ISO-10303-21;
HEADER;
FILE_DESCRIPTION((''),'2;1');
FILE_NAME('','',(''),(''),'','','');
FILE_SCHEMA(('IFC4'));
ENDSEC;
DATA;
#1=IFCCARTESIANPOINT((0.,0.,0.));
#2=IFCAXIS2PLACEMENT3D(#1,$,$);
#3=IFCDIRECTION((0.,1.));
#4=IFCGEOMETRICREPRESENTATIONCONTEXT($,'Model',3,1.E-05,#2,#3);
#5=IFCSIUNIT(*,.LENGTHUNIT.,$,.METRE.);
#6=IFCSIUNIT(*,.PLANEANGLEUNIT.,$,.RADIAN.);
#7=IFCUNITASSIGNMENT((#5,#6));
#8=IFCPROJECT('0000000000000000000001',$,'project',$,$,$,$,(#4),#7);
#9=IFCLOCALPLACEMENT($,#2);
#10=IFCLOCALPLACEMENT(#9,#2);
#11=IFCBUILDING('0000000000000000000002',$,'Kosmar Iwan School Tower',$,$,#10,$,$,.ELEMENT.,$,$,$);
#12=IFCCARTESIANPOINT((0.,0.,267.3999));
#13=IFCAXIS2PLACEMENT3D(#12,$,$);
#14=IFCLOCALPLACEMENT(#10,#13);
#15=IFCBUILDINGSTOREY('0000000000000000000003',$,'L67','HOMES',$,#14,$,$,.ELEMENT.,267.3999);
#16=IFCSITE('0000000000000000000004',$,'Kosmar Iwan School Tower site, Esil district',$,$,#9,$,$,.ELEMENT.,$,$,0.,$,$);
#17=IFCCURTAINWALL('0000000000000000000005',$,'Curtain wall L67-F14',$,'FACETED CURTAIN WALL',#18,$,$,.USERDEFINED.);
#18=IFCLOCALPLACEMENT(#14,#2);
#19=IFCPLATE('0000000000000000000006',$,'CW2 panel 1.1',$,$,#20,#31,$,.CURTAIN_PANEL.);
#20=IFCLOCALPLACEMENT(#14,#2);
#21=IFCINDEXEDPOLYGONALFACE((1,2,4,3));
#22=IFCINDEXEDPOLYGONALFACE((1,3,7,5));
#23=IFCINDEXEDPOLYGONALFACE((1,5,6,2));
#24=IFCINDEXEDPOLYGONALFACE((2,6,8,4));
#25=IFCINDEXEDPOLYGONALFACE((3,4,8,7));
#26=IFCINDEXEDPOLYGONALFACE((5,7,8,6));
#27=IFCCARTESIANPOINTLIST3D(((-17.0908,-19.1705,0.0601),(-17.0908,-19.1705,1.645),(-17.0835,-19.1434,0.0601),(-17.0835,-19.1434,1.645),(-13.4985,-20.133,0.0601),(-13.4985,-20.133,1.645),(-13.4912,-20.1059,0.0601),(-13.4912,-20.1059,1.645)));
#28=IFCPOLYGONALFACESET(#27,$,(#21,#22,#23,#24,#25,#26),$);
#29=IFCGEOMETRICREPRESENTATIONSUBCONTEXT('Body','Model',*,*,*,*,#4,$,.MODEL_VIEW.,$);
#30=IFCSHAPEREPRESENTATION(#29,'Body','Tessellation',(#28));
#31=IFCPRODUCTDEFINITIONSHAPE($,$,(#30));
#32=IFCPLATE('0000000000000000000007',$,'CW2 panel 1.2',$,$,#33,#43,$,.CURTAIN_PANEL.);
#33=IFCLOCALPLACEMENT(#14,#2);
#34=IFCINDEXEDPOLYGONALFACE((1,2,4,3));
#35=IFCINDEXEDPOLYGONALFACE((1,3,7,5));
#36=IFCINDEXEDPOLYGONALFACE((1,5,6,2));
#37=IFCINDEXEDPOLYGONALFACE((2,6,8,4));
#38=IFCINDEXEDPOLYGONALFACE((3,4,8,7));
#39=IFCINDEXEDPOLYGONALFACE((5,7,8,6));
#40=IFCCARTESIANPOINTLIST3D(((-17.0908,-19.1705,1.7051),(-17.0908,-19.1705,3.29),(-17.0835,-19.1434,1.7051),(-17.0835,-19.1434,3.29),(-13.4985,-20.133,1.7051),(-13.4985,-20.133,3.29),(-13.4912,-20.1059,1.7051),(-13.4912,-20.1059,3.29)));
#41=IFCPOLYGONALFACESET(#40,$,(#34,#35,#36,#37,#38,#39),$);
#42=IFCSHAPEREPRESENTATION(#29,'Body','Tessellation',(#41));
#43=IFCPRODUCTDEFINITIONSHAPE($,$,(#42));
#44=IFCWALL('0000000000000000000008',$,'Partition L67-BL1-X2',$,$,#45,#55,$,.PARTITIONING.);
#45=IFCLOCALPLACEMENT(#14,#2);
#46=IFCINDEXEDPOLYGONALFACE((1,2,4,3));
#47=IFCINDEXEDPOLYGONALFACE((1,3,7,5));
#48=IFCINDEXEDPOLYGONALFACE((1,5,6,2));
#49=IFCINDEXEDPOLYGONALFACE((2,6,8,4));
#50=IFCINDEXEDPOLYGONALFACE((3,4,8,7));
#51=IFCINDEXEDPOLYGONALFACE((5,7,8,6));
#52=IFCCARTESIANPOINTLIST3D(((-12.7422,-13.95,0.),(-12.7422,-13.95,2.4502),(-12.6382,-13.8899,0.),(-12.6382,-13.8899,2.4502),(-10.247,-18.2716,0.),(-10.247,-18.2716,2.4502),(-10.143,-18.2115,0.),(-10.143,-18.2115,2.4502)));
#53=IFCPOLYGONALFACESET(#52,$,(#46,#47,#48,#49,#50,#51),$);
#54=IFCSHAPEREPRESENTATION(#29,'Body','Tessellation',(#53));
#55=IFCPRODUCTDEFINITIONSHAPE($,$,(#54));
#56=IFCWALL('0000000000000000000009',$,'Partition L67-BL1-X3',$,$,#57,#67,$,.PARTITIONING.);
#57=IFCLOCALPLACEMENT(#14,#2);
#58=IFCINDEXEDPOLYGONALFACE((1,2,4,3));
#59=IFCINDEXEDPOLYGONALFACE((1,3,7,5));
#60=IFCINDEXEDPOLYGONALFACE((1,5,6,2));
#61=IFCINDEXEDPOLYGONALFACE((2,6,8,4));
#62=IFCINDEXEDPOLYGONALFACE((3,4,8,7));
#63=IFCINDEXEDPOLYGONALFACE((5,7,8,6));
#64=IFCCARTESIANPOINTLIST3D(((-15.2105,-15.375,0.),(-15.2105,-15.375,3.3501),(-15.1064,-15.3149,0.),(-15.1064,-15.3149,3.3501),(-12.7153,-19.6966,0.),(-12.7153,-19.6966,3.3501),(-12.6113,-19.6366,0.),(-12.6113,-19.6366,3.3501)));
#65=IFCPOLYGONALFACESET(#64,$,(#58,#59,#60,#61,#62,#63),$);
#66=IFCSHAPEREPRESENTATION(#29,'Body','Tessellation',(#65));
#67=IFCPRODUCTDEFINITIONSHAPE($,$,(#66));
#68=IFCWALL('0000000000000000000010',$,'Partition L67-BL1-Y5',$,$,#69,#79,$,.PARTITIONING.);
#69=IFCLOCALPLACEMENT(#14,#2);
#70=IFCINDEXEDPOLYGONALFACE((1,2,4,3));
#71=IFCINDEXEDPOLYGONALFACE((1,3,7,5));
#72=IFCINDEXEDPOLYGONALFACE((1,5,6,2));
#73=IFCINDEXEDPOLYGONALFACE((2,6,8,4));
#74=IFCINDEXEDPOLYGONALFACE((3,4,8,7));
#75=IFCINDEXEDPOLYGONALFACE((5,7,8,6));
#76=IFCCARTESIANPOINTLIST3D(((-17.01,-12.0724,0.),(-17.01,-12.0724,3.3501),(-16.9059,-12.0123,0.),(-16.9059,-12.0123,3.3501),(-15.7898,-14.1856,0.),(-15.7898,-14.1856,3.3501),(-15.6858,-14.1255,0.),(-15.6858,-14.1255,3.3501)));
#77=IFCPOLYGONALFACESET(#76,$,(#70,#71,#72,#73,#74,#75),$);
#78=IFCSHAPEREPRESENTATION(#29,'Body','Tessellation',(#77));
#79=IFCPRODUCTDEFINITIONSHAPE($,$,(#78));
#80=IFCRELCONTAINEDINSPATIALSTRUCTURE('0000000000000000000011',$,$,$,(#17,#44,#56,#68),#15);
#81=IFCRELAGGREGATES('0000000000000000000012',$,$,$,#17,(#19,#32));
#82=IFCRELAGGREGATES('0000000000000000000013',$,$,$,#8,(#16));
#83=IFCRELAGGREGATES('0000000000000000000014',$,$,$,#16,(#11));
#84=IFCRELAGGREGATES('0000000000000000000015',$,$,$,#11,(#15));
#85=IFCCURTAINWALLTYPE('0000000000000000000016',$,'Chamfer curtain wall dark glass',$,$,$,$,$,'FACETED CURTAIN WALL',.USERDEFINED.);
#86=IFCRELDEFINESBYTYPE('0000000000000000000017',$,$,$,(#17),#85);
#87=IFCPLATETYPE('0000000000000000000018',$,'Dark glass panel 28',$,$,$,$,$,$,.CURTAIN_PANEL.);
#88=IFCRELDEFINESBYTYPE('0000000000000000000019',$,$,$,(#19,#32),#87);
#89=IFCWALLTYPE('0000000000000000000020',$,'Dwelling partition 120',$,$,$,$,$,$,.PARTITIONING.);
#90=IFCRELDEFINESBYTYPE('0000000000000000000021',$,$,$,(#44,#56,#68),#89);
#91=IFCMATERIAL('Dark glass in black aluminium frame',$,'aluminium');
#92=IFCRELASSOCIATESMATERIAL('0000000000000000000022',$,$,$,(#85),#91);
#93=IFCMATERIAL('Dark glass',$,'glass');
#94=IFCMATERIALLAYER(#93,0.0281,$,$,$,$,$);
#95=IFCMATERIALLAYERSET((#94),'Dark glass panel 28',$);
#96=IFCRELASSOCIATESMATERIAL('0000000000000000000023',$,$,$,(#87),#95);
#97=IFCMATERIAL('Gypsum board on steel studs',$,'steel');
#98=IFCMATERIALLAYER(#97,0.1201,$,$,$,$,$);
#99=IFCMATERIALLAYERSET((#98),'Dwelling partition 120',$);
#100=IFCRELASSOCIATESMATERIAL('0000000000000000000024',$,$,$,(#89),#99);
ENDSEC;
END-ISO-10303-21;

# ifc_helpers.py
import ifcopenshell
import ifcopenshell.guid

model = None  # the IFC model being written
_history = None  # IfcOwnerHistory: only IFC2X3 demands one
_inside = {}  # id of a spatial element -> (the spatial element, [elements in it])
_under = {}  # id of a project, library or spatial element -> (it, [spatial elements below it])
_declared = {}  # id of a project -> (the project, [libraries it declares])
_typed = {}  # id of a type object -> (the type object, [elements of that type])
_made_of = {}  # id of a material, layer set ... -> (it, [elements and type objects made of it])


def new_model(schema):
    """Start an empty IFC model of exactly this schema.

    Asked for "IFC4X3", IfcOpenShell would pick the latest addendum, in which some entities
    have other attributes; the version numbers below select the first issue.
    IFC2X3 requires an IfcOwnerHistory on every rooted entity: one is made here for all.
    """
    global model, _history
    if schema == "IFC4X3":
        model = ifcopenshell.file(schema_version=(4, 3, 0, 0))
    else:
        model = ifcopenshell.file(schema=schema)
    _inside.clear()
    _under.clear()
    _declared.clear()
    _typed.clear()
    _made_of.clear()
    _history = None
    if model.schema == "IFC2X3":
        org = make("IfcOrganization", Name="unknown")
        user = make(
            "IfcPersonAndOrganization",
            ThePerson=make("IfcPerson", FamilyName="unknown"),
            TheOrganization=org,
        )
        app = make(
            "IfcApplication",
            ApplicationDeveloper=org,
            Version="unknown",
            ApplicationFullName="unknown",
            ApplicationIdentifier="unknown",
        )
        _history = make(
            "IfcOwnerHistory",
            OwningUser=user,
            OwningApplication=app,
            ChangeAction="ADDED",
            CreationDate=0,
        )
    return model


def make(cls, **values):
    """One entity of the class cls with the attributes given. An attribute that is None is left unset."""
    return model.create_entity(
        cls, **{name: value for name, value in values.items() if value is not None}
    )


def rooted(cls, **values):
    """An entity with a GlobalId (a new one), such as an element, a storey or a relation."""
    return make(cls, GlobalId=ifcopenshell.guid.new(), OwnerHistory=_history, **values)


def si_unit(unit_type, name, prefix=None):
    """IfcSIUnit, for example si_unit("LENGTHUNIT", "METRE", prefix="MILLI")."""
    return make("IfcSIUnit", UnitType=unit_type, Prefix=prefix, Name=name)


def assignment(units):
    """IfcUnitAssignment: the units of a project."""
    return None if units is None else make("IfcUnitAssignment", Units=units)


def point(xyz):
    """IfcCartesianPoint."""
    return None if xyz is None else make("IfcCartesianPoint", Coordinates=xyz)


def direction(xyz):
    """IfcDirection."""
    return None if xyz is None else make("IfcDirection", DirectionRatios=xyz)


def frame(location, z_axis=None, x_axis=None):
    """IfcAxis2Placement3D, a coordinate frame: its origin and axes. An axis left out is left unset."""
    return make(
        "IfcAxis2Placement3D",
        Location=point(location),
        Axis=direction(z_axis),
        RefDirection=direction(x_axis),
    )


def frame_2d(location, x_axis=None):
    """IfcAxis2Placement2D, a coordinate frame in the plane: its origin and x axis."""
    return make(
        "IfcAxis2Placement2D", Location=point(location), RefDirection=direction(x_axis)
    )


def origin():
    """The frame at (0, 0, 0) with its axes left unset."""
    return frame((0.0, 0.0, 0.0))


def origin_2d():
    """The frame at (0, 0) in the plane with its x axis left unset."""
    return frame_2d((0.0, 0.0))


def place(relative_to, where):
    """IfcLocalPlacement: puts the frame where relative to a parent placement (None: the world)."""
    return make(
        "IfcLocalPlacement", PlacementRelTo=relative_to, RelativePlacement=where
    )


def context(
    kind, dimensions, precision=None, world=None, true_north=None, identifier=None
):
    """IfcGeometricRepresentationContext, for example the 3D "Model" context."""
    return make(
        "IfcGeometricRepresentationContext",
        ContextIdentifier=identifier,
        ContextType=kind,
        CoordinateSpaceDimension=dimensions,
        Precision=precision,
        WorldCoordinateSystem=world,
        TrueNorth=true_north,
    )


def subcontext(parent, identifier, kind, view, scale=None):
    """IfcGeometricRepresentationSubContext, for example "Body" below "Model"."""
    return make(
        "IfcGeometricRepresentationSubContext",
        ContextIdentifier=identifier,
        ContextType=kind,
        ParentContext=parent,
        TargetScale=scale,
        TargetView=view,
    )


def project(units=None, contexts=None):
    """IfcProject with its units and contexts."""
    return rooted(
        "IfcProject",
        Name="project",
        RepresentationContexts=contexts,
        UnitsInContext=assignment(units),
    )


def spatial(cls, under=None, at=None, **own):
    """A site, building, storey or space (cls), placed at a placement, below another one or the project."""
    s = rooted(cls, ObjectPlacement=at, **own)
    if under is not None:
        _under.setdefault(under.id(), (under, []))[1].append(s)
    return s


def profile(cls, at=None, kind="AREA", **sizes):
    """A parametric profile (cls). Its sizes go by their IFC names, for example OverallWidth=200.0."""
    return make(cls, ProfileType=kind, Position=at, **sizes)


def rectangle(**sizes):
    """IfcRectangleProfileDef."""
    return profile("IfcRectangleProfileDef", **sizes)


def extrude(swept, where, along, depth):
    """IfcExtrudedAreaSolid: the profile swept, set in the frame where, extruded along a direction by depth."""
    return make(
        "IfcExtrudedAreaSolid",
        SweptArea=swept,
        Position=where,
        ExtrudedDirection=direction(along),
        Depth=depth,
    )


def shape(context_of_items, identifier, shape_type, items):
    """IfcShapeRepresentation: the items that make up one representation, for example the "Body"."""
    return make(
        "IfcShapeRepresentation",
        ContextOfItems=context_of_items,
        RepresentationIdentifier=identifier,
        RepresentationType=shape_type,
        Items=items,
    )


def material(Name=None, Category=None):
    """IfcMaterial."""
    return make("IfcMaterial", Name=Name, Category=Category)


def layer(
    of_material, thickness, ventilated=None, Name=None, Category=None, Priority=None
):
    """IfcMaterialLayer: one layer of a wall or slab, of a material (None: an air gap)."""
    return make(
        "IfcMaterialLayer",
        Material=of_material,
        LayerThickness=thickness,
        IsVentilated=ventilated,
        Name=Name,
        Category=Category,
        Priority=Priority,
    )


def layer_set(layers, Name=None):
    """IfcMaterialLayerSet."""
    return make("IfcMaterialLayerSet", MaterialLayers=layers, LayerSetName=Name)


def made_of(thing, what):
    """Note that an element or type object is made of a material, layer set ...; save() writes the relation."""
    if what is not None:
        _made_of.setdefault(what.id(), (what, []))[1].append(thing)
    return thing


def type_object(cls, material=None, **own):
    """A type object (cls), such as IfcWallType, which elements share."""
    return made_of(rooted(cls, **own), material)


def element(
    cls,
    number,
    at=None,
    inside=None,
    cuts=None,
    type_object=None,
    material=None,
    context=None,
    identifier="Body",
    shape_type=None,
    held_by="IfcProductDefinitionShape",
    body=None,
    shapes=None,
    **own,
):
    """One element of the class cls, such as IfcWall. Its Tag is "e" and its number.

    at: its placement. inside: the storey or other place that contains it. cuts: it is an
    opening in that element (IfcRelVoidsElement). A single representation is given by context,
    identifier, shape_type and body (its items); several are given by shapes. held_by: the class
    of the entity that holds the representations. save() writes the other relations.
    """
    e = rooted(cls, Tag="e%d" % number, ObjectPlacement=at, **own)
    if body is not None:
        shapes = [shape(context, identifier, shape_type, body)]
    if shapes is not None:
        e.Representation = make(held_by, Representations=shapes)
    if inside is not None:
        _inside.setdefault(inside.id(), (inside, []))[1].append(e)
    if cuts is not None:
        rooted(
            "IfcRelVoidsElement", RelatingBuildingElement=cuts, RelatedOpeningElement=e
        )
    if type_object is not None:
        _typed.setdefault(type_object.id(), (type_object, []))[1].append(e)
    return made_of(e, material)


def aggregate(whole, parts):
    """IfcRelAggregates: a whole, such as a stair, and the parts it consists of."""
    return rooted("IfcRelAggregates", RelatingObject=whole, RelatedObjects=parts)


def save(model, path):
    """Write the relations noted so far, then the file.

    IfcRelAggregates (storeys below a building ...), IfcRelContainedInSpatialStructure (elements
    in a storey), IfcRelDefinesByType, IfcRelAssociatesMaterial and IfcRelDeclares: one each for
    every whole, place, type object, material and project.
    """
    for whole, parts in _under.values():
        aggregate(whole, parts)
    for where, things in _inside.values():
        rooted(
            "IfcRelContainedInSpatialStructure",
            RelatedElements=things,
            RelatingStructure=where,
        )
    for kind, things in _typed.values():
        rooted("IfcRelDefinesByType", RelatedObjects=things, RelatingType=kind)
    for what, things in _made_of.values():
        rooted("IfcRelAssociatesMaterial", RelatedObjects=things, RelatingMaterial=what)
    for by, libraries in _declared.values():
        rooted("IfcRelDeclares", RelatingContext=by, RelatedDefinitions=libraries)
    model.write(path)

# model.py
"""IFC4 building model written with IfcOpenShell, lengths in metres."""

from ifc_helpers import new_model, si_unit, direction, frame, frame_2d, origin, origin_2d, place, context, subcontext, project, spatial, rectangle, extrude, material, layer, layer_set, type_object, element, aggregate, save


model = new_model("IFC4")

# Units and contexts
model_context = context("Model", 3, precision=1e-05, world=origin(), true_north=direction((0.0, 1.0)))
body_context = subcontext(model_context, "Body", "Model", "MODEL_VIEW")
ifc_project = project(units=[si_unit("LENGTHUNIT", "METRE"), si_unit("PLANEANGLEUNIT", "RADIAN")], contexts=[model_context])

# Site, building, storey
site_placement = place(None, origin())
site = spatial("IfcSite", under=ifc_project, at=site_placement, Name="Kosmar Iwan School Tower site, Esil district", CompositionType="ELEMENT", RefElevation=0.0)
building_placement = place(site_placement, origin())
building = spatial("IfcBuilding", under=site, at=building_placement, Name="Kosmar Iwan School Tower", CompositionType="ELEMENT")
storey_placement = place(building_placement, frame((0.0, 0.0, 267.3999)))
storey = spatial("IfcBuildingStorey", under=building, at=storey_placement, Name="L67", Description="HOMES", CompositionType="ELEMENT", Elevation=267.3999)

# Curtain wall
ifc_material_1 = material(Name="Dark glass in black aluminium frame", Category="aluminium")
curtain_wall_type = type_object("IfcCurtainWallType", Name="Chamfer curtain wall dark glass", ElementType="FACETED CURTAIN WALL", PredefinedType="USERDEFINED", material=ifc_material_1)
curtain_wall_placement = place(storey_placement, origin())
curtain_wall = element("IfcCurtainWall", 1, at=curtain_wall_placement, inside=storey, type_object=curtain_wall_type, Name="Curtain wall L67-F14", ObjectType="FACETED CURTAIN WALL", PredefinedType="USERDEFINED")

# Plates
ifc_material_2 = material(Name="Dark glass", Category="glass")
ifc_layer_1 = layer(ifc_material_2, 0.0281)
ifc_layer_set_1 = layer_set([ifc_layer_1], Name="Dark glass panel 28")
plate_type = type_object("IfcPlateType", Name="Dark glass panel 28", PredefinedType="CURTAIN_PANEL", material=ifc_layer_set_1)
plate_1_placement = place(storey_placement, frame((-15.291, -19.6382, 0.0601), z_axis=(0.0, 0.0, 1.0), x_axis=(0.965926, -0.258819, 0.0)))
plate_1 = element("IfcPlate", 2, at=plate_1_placement, type_object=plate_type, Name="CW2 panel 1.1", PredefinedType="CURTAIN_PANEL", context=body_context, shape_type="SweptSolid", body=[
    extrude(rectangle(XDim=3.719, YDim=0.0281, at=origin_2d()), origin(), (0.0, 0.0, 1.0), 1.585),
])
plate_2_placement = place(storey_placement, frame((-15.291, -19.6382, 1.7051), z_axis=(0.0, 0.0, 1.0), x_axis=(0.965926, -0.258819, 0.0)))
plate_2 = element("IfcPlate", 3, at=plate_2_placement, type_object=plate_type, Name="CW2 panel 1.2", PredefinedType="CURTAIN_PANEL", context=body_context, shape_type="SweptSolid", body=[
    extrude(rectangle(XDim=3.719, YDim=0.0281, at=origin_2d()), origin(), (0.0, 0.0, 1.0), 1.585),
])
aggregate(curtain_wall, [plate_1, plate_2])

# Walls
ifc_material_3 = material(Name="Gypsum board on steel studs", Category="steel")
ifc_layer_2 = layer(ifc_material_3, 0.1201)
ifc_layer_set_2 = layer_set([ifc_layer_2], Name="Dwelling partition 120")
wall_type = type_object("IfcWallType", Name="Dwelling partition 120", PredefinedType="PARTITIONING", material=ifc_layer_set_2)
wall_1_placement = place(storey_placement, frame((-12.6902, -13.9199, 0.0), z_axis=(0.0, 0.0, 1.0), x_axis=(0.500012, -0.866019, 0.0)))
element("IfcWall", 4, at=wall_1_placement, inside=storey, type_object=wall_type, Name="Partition L67-BL1-X2", PredefinedType="PARTITIONING", context=body_context, shape_type="SweptSolid", body=[
    extrude(rectangle(XDim=4.9902, YDim=0.1201, at=frame_2d((2.4951, 0.0))), origin(), (0.0, 0.0, 1.0), 2.4502),
])
wall_2_placement = place(storey_placement, frame((-15.1584, -15.345, 0.0), z_axis=(0.0, 0.0, 1.0), x_axis=(0.500012, -0.866019, 0.0)))
element("IfcWall", 5, at=wall_2_placement, inside=storey, type_object=wall_type, Name="Partition L67-BL1-X3", PredefinedType="PARTITIONING", context=body_context, shape_type="SweptSolid", body=[
    extrude(rectangle(XDim=4.9902, YDim=0.1201, at=frame_2d((2.4951, 0.0))), origin(), (0.0, 0.0, 1.0), 3.3501),
])
wall_3_placement = place(storey_placement, frame((-16.958, -12.0422, 0.0), z_axis=(0.0, 0.0, 1.0), x_axis=(0.500034, -0.866006, 0.0)))
element("IfcWall", 6, at=wall_3_placement, inside=storey, type_object=wall_type, Name="Partition L67-BL1-Y5", PredefinedType="PARTITIONING", context=body_context, shape_type="SweptSolid", body=[
    extrude(rectangle(XDim=2.4402, YDim=0.1201, at=frame_2d((1.2202, 0.0))), origin(), (0.0, 0.0, 1.0), 3.3501),
])

save(model, "model.ifc")
